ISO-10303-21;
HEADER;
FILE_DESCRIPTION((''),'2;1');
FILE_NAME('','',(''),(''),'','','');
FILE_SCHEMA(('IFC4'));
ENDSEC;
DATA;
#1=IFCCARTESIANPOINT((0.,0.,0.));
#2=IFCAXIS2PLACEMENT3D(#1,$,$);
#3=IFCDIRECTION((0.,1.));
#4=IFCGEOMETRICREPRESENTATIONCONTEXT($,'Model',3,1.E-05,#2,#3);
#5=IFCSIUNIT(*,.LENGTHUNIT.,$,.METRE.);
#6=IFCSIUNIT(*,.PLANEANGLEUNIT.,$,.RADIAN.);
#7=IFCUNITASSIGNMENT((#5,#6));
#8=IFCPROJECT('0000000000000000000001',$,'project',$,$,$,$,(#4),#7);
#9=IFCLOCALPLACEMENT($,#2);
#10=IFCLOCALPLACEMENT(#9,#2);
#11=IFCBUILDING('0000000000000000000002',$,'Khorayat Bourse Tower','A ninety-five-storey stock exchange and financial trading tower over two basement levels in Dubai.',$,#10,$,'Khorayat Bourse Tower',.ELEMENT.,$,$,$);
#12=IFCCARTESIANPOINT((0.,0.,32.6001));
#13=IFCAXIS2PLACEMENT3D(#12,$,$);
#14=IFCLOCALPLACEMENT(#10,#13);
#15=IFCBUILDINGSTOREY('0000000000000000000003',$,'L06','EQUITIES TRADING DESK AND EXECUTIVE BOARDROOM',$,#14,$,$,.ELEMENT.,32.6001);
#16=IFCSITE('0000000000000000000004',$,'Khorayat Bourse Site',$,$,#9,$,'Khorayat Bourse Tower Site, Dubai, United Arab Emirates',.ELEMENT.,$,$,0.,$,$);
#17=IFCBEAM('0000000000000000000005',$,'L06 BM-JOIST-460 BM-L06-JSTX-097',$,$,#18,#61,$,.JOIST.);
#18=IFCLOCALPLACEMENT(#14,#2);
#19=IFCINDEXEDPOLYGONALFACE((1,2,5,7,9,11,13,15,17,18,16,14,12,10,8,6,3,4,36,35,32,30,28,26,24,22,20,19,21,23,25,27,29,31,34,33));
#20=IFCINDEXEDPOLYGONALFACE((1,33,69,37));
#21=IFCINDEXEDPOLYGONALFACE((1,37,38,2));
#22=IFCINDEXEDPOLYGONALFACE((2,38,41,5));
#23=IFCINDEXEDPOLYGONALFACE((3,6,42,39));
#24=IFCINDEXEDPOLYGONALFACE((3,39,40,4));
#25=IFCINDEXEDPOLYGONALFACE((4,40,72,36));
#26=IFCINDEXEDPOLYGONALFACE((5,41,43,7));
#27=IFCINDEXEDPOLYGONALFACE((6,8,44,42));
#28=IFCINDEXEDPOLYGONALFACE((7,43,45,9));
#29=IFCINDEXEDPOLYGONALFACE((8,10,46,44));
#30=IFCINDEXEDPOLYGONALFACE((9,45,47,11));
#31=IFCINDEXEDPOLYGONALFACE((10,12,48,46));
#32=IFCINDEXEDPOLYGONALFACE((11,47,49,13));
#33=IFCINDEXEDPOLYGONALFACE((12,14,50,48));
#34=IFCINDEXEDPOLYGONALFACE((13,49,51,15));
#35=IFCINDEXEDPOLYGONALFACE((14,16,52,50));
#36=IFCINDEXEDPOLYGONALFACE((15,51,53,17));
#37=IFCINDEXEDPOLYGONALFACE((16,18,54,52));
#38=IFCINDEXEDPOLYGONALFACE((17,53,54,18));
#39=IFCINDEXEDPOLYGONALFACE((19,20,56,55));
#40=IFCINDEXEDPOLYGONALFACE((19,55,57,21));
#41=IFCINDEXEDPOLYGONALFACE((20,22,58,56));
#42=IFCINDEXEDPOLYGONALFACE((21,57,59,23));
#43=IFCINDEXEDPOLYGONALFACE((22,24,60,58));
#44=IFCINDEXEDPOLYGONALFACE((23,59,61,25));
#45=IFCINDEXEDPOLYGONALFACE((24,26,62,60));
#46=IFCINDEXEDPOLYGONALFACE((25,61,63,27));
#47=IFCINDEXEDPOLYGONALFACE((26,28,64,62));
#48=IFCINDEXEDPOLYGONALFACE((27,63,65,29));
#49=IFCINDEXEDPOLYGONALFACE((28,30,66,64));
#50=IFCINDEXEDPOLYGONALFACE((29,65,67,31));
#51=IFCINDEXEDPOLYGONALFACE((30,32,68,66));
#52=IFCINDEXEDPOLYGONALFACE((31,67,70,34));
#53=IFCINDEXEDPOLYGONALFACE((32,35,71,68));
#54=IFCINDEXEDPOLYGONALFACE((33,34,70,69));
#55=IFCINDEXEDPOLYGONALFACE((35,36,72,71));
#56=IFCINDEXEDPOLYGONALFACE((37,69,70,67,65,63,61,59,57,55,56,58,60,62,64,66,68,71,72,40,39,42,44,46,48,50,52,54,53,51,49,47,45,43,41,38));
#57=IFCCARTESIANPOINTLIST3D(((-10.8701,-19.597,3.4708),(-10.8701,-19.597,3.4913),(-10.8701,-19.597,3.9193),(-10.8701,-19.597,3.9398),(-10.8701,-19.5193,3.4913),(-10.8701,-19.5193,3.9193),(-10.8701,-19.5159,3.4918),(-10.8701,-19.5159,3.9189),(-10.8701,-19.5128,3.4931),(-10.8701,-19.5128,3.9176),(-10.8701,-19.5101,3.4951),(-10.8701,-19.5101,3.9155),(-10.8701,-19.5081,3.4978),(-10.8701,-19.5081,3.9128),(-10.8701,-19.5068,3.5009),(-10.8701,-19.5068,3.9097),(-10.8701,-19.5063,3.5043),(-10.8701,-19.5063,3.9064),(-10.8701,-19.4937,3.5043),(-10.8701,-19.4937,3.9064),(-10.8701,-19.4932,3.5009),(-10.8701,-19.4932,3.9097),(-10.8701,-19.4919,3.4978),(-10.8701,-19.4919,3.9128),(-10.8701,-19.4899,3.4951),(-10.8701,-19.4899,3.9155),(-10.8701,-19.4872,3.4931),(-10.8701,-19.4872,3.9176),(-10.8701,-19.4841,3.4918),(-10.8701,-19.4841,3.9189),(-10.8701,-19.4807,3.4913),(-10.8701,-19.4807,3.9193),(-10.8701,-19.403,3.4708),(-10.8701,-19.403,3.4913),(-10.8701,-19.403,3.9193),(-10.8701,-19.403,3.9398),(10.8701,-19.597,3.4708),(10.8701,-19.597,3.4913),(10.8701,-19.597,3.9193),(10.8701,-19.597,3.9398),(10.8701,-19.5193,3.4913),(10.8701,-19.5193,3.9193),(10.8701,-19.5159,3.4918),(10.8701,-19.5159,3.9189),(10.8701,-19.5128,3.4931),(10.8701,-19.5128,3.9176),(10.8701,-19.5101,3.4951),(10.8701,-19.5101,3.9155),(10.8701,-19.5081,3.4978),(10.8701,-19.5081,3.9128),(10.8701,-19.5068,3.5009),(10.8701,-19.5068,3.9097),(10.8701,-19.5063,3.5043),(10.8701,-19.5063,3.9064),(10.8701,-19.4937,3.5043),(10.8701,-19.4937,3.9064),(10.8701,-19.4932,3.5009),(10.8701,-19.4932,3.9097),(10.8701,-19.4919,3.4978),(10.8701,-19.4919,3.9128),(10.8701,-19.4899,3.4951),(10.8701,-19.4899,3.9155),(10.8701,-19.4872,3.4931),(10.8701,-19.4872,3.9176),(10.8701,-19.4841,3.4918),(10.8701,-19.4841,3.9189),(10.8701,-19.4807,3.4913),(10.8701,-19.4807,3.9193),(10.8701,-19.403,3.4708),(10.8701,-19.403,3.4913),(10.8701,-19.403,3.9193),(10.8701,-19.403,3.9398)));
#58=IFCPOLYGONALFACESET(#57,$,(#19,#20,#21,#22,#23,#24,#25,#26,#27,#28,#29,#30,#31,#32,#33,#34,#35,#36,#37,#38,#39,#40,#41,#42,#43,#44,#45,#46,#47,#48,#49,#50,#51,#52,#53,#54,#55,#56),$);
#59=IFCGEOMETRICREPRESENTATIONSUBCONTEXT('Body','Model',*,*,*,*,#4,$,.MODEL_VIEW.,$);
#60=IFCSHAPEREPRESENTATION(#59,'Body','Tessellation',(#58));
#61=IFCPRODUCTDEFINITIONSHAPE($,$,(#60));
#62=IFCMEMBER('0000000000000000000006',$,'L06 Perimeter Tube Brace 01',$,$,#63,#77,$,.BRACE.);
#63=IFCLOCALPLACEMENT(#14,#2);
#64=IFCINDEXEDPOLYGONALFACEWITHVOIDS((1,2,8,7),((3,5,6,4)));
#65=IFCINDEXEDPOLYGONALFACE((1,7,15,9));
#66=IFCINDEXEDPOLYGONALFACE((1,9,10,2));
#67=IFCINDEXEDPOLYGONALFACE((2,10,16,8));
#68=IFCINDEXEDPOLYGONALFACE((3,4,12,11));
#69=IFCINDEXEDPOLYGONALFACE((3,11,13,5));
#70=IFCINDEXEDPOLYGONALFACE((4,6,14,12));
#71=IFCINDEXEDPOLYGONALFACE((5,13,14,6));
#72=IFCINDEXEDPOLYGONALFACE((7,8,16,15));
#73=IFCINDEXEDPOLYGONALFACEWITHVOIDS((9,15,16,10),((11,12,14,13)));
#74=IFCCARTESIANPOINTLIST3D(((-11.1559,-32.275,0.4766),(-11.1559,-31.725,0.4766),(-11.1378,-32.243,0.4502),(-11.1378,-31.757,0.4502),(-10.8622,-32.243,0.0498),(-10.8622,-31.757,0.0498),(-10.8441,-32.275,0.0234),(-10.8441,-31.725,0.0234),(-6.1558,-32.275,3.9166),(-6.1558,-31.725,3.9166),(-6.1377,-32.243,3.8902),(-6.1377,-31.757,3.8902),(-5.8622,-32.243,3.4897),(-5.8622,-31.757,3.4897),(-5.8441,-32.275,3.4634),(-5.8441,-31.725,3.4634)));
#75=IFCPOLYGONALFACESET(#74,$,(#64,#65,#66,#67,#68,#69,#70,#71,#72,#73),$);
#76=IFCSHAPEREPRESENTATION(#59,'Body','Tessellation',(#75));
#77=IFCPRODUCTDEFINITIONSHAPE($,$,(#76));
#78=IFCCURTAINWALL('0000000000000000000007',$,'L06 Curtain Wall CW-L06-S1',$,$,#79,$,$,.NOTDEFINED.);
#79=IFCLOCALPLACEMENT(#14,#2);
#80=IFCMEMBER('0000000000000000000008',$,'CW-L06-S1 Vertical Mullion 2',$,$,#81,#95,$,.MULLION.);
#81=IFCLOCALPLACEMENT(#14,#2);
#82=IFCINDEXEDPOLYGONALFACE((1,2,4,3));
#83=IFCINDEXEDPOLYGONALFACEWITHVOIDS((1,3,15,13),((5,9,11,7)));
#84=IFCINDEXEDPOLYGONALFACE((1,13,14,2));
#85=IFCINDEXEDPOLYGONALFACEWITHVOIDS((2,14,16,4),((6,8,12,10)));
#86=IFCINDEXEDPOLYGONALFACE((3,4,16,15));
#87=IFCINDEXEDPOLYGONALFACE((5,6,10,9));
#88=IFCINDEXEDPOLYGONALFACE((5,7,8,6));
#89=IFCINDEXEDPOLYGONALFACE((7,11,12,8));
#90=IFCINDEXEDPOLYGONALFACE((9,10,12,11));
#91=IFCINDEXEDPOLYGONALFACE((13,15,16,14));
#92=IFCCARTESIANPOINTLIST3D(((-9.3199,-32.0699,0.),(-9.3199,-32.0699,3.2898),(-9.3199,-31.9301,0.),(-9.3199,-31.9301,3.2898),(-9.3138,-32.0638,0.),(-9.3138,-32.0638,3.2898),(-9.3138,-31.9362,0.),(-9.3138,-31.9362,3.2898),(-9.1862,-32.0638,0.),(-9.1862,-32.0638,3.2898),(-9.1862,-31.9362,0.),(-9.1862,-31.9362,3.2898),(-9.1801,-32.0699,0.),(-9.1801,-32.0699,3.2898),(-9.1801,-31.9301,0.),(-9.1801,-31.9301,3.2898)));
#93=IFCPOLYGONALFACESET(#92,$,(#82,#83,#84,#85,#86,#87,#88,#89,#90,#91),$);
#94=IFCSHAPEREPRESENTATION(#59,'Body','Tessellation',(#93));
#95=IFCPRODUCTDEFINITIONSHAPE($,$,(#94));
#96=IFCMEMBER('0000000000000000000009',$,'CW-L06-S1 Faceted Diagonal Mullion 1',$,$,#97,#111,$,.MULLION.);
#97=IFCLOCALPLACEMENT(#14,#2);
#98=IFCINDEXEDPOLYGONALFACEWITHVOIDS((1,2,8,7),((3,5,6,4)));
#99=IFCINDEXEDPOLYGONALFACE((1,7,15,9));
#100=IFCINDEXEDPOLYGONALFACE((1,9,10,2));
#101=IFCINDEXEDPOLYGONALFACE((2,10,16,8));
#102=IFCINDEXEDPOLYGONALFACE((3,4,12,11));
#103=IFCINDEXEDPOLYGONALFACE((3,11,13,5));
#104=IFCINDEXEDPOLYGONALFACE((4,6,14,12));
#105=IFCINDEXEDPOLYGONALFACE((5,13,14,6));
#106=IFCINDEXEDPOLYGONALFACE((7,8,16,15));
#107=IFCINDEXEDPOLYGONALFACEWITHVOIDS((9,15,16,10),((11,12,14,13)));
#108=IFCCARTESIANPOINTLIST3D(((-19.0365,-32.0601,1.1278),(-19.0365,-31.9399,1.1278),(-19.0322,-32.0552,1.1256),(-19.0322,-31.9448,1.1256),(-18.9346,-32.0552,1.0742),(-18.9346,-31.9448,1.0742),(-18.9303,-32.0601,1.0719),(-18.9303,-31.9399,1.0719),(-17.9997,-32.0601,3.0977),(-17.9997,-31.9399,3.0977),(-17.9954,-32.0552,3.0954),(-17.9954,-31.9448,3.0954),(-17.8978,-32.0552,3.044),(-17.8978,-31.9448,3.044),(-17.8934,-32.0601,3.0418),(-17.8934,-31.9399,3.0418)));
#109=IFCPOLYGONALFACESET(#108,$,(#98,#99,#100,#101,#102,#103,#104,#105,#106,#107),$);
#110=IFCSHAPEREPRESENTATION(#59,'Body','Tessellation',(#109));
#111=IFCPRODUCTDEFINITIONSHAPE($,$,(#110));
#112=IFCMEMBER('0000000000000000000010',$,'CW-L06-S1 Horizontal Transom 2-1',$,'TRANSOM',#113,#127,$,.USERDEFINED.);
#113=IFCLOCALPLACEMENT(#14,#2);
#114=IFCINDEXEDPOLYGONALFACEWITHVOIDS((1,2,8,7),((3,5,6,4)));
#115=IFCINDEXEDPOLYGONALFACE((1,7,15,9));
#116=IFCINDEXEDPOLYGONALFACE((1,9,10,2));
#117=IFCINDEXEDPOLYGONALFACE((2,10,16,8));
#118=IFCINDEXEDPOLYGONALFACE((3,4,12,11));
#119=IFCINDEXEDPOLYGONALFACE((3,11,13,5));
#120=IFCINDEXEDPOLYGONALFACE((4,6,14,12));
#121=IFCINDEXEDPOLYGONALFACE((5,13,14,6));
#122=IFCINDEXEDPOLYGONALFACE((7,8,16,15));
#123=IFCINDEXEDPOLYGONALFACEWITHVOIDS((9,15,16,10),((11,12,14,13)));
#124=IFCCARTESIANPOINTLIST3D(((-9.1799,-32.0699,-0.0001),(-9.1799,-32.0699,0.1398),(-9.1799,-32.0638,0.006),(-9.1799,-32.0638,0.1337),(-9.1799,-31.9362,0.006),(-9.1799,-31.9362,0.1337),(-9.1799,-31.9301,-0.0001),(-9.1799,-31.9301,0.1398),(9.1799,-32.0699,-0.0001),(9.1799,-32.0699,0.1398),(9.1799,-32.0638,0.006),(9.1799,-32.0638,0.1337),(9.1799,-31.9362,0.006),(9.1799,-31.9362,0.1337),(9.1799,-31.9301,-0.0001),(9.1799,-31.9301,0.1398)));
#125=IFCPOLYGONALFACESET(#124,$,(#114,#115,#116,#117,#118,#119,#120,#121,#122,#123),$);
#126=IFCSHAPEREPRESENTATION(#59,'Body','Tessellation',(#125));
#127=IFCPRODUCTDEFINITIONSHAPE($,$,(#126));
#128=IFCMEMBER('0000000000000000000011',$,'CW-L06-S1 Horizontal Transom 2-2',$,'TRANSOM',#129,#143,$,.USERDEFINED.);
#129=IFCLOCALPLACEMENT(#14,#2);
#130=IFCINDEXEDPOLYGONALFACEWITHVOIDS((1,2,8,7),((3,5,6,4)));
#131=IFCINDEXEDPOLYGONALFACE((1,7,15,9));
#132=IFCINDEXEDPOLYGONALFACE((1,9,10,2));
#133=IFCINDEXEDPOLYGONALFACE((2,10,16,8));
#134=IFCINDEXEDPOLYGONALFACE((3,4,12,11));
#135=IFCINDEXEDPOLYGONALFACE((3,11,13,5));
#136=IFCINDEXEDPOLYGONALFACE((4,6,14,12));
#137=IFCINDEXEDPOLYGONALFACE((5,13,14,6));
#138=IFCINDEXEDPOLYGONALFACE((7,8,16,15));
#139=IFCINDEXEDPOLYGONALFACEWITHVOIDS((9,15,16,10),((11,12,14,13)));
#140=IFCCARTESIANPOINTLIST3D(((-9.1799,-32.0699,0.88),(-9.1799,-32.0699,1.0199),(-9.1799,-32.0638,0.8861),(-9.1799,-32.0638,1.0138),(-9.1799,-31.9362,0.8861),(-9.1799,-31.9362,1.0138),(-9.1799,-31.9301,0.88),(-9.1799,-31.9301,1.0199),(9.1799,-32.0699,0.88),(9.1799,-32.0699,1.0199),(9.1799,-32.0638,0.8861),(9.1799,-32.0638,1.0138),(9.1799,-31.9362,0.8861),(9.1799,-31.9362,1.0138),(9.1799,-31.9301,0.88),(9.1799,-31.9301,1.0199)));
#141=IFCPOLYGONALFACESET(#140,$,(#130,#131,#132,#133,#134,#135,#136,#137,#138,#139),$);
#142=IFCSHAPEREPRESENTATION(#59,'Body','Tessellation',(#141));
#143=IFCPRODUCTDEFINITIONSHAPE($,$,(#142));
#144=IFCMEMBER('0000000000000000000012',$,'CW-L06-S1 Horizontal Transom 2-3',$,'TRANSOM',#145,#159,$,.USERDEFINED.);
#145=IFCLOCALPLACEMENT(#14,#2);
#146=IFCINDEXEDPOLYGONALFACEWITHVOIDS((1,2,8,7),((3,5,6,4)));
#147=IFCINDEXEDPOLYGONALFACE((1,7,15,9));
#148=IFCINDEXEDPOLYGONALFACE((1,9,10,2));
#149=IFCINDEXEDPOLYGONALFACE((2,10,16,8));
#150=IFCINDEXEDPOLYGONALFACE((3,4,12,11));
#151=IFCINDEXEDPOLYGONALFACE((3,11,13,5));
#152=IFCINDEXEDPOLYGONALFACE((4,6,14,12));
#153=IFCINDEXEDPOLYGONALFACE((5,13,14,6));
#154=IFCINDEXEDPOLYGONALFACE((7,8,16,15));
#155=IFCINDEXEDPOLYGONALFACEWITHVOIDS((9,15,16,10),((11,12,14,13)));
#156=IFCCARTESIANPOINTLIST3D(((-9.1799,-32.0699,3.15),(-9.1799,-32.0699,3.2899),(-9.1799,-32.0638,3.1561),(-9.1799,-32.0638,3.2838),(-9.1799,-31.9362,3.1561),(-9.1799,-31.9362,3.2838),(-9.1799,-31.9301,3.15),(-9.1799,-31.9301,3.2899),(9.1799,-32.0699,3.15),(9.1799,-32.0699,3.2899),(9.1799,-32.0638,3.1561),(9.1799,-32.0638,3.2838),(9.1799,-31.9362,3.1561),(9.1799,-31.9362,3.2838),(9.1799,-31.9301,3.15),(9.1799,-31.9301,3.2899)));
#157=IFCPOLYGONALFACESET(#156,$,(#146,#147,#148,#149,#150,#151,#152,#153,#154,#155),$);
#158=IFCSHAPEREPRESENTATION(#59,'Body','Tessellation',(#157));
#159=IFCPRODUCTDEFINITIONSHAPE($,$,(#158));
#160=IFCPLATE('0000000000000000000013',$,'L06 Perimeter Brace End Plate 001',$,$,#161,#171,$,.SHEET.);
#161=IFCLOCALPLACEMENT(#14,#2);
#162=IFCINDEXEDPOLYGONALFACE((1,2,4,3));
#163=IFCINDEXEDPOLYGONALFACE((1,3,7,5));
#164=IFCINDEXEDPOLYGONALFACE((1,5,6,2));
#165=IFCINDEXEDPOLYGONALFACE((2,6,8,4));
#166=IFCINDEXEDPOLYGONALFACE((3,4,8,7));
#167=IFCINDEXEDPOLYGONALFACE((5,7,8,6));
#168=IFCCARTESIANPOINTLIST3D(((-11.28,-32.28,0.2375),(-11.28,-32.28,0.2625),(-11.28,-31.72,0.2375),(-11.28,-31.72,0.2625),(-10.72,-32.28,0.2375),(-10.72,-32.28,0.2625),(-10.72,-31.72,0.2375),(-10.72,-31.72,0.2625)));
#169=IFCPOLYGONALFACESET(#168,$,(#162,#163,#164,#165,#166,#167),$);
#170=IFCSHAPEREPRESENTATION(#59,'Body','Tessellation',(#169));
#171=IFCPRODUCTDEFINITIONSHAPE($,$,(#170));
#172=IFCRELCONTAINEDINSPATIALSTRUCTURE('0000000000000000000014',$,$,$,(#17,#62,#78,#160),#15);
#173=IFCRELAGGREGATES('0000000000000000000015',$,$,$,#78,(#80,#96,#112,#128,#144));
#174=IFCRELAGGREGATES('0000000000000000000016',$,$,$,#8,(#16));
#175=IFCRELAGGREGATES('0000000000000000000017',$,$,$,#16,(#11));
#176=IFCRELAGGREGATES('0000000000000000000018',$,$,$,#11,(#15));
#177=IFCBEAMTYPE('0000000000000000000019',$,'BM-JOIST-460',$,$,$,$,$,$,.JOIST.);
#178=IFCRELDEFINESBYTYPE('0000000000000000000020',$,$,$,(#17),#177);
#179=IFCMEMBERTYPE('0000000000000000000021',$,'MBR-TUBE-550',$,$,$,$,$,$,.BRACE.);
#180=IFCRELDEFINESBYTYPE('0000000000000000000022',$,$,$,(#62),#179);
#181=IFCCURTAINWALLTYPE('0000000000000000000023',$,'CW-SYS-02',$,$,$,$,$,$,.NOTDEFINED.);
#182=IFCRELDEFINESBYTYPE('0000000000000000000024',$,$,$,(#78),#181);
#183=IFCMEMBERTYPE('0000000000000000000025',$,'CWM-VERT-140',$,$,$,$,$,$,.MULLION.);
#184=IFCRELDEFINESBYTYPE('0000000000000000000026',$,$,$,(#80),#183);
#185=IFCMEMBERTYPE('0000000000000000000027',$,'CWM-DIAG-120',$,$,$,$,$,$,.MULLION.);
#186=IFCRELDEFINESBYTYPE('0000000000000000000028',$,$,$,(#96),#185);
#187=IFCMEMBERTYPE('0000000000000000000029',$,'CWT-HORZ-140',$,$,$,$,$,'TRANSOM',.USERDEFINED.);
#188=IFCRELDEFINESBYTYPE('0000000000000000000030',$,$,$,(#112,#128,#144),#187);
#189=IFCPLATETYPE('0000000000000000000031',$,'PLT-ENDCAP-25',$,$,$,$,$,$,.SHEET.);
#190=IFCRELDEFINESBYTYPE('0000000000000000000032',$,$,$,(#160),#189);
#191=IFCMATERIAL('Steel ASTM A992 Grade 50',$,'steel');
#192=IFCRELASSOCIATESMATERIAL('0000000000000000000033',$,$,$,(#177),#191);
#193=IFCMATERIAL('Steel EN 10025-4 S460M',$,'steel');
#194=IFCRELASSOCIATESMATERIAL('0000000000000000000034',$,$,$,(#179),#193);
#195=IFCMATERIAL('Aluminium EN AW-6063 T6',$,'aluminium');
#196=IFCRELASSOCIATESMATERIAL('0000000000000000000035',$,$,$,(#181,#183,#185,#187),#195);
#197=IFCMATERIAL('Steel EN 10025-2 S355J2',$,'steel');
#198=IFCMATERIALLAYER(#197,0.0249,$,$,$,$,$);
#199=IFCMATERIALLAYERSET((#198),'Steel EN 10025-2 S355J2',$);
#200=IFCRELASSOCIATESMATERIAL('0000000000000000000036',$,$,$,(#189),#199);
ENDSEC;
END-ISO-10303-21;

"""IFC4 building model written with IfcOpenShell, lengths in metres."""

from ifc_helpers import new_model, si_unit, direction, frame, origin, origin_2d, place, context, subcontext, project, spatial, rectangle, hollow_rectangle, i_section, extrude, source, transform, mapped, material, layer, layer_set, material_profile, profile_set, type_object, element, aggregate, save


model = new_model("IFC4")

# Units and contexts
model_context = context("Model", 3, precision=1e-05, world=origin(), true_north=direction((0.0, 1.0)))
body_context = subcontext(model_context, "Body", "Model", "MODEL_VIEW")
ifc_project = project(units=[si_unit("LENGTHUNIT", "METRE"), si_unit("PLANEANGLEUNIT", "RADIAN")], contexts=[model_context])

# Site, building, storey
site_placement = place(None, origin())
site = spatial("IfcSite", under=ifc_project, at=site_placement, Name="Khorayat Bourse Site", LongName="Khorayat Bourse Tower Site, Dubai, United Arab Emirates", CompositionType="ELEMENT", RefElevation=0.0)
building_placement = place(site_placement, origin())
building = spatial("IfcBuilding", under=site, at=building_placement, Name="Khorayat Bourse Tower", Description="A ninety-five-storey stock exchange and financial trading tower over two basement levels in Dubai.", LongName="Khorayat Bourse Tower", CompositionType="ELEMENT")
storey_placement = place(building_placement, frame((0.0, 0.0, 32.6001)))
storey = spatial("IfcBuildingStorey", under=building, at=storey_placement, Name="L06", Description="EQUITIES TRADING DESK AND EXECUTIVE BOARDROOM", CompositionType="ELEMENT", Elevation=32.6001)

# Shared definitions
ifc_material_1 = material(Name="Steel EN 10025-4 S460M", Category="steel")

# Beam
ifc_material_2 = material(Name="Steel ASTM A992 Grade 50", Category="steel")
ifc_material_profile_1 = material_profile(ifc_material_2, i_section(OverallWidth=0.1941, OverallDepth=0.469, WebThickness=0.0127, FlangeThickness=0.0205, FilletRadius=0.0129, at=origin_2d()), Name="W460X106")
ifc_profile_set_1 = profile_set([ifc_material_profile_1], Name="Steel ASTM A992 Grade 50")
beam_type_1 = type_object("IfcBeamType", Name="BM-JOIST-460", PredefinedType="JOIST", material=ifc_profile_set_1)
shared_shape_1 = source(origin(), body_context, "Body", "SweptSolid", [
    extrude(i_section(OverallWidth=0.1941, OverallDepth=0.469, WebThickness=0.0127, FlangeThickness=0.0205, FilletRadius=0.0129, at=origin_2d()), origin(), (0.0, 0.0, 1.0), 21.7402),
])
beam_1_placement = place(storey_placement, frame((-10.8701, -19.5, 3.7053), z_axis=(1.0, 0.0, 0.0), x_axis=(0.0, 1.0, 0.0)))
element("IfcBeam", 1, at=beam_1_placement, inside=storey, type_object=beam_type_1, Name="L06 BM-JOIST-460 BM-L06-JSTX-097", PredefinedType="JOIST", context=body_context, shape_type="MappedRepresentation", body=[
    mapped(shared_shape_1, transform((0.0, 0.0, 0.0), scale=1.0)),
])

# Member
ifc_material_profile_2 = material_profile(ifc_material_1, hollow_rectangle(XDim=0.55, YDim=0.55, WallThickness=0.032, at=origin_2d()), Name="HSS 550x550x32")
ifc_profile_set_2 = profile_set([ifc_material_profile_2], Name="Steel EN 10025-4 S460M")
member_type_1 = type_object("IfcMemberType", Name="MBR-TUBE-550", PredefinedType="BRACE", material=ifc_profile_set_2)
shared_shape_2 = source(origin(), body_context, "Body", "SweptSolid", [
    extrude(hollow_rectangle(XDim=0.55, YDim=0.55, WallThickness=0.032, at=origin_2d()), origin(), (0.0, 0.0, 1.0), 6.0691),
])
member_1_placement = place(storey_placement, frame((-11.0, -32.0, 0.25), z_axis=(0.823854, 0.0, 0.566802), x_axis=(0.0, 1.0, 0.0)))
element("IfcMember", 2, at=member_1_placement, inside=storey, type_object=member_type_1, Name="L06 Perimeter Tube Brace 01", PredefinedType="BRACE", context=body_context, shape_type="MappedRepresentation", body=[
    mapped(shared_shape_2, transform((0.0, 0.0, 0.0), scale=1.0)),
])

# Curtain wall, members
ifc_material_3 = material(Name="Aluminium EN AW-6063 T6", Category="aluminium")
curtain_wall_type = type_object("IfcCurtainWallType", Name="CW-SYS-02", PredefinedType="NOTDEFINED", material=ifc_material_3)
curtain_wall_placement = place(storey_placement, origin())
curtain_wall = element("IfcCurtainWall", 3, at=curtain_wall_placement, inside=storey, type_object=curtain_wall_type, Name="L06 Curtain Wall CW-L06-S1", PredefinedType="NOTDEFINED")
ifc_material_profile_3 = material_profile(ifc_material_3, hollow_rectangle(XDim=0.1399, YDim=0.1399, WallThickness=0.0061, at=origin_2d()), Name="ALU 140x140x6")
ifc_profile_set_3 = profile_set([ifc_material_profile_3], Name="Aluminium EN AW-6063 T6")
member_type_2 = type_object("IfcMemberType", Name="CWM-VERT-140", PredefinedType="MULLION", material=ifc_profile_set_3)
shared_shape_3 = source(origin(), body_context, "Body", "SweptSolid", [
    extrude(hollow_rectangle(XDim=0.1399, YDim=0.1399, WallThickness=0.0061, at=origin_2d()), origin(), (0.0, 0.0, 1.0), 3.2898),
])
member_2_placement = place(storey_placement, frame((-9.25, -32.0, 0.0), z_axis=(0.0, 0.0, 1.0), x_axis=(0.0, 1.0, 0.0)))
member_2 = element("IfcMember", 4, at=member_2_placement, type_object=member_type_2, Name="CW-L06-S1 Vertical Mullion 2", PredefinedType="MULLION", context=body_context, shape_type="MappedRepresentation", body=[
    mapped(shared_shape_3, transform((0.0, 0.0, 0.0), scale=1.0)),
])
ifc_material_profile_4 = material_profile(ifc_material_3, hollow_rectangle(XDim=0.1201, YDim=0.1201, WallThickness=0.0049, at=origin_2d()), Name="ALU 120x120x5")
ifc_profile_set_4 = profile_set([ifc_material_profile_4], Name="Aluminium EN AW-6063 T6")
member_type_3 = type_object("IfcMemberType", Name="CWM-DIAG-120", PredefinedType="MULLION", material=ifc_profile_set_4)
shared_shape_4 = source(origin(), body_context, "Body", "SweptSolid", [
    extrude(hollow_rectangle(XDim=0.1201, YDim=0.1201, WallThickness=0.0049, at=origin_2d()), origin(), (0.0, 0.0, 1.0), 2.2261),
])
member_3_placement = place(storey_placement, frame((-18.9834, -32.0, 1.0999), z_axis=(0.46576, 0.0, 0.884911), x_axis=(0.0, 1.0, 0.0)))
member_3 = element("IfcMember", 5, at=member_3_placement, type_object=member_type_3, Name="CW-L06-S1 Faceted Diagonal Mullion 1", PredefinedType="MULLION", context=body_context, shape_type="MappedRepresentation", body=[
    mapped(shared_shape_4, transform((0.0, 0.0, 0.0), scale=1.0)),
])
ifc_material_profile_5 = material_profile(ifc_material_3, hollow_rectangle(XDim=0.1399, YDim=0.1399, WallThickness=0.0061, at=origin_2d()), Name="ALU 140x140x6")
ifc_profile_set_5 = profile_set([ifc_material_profile_5], Name="Aluminium EN AW-6063 T6")
member_type_4 = type_object("IfcMemberType", Name="CWT-HORZ-140", ElementType="TRANSOM", PredefinedType="USERDEFINED", material=ifc_profile_set_5)
shared_shape_5 = source(origin(), body_context, "Body", "SweptSolid", [
    extrude(hollow_rectangle(XDim=0.1399, YDim=0.1399, WallThickness=0.0061, at=origin_2d()), origin(), (0.0, 0.0, 1.0), 18.3599),
])
member_4_placement = place(storey_placement, frame((-9.1799, -32.0, 0.0698), z_axis=(1.0, 0.0, 0.0), x_axis=(0.0, 1.0, 0.0)))
member_4 = element("IfcMember", 6, at=member_4_placement, type_object=member_type_4, Name="CW-L06-S1 Horizontal Transom 2-1", ObjectType="TRANSOM", PredefinedType="USERDEFINED", context=body_context, shape_type="MappedRepresentation", body=[
    mapped(shared_shape_5, transform((0.0, 0.0, 0.0), scale=1.0)),
])
member_5_placement = place(storey_placement, frame((-9.1799, -32.0, 0.95), z_axis=(1.0, 0.0, 0.0), x_axis=(0.0, 1.0, 0.0)))
member_5 = element("IfcMember", 7, at=member_5_placement, type_object=member_type_4, Name="CW-L06-S1 Horizontal Transom 2-2", ObjectType="TRANSOM", PredefinedType="USERDEFINED", context=body_context, shape_type="MappedRepresentation", body=[
    mapped(shared_shape_5, transform((0.0, 0.0, 0.0), scale=1.0)),
])
member_6_placement = place(storey_placement, frame((-9.1799, -32.0, 3.22), z_axis=(1.0, 0.0, 0.0), x_axis=(0.0, 1.0, 0.0)))
member_6 = element("IfcMember", 8, at=member_6_placement, type_object=member_type_4, Name="CW-L06-S1 Horizontal Transom 2-3", ObjectType="TRANSOM", PredefinedType="USERDEFINED", context=body_context, shape_type="MappedRepresentation", body=[
    mapped(shared_shape_5, transform((0.0, 0.0, 0.0), scale=1.0)),
])

# Plate
ifc_material_4 = material(Name="Steel EN 10025-2 S355J2", Category="steel")
ifc_layer_1 = layer(ifc_material_4, 0.0249)
ifc_layer_set_1 = layer_set([ifc_layer_1], Name="Steel EN 10025-2 S355J2")
plate_type_1 = type_object("IfcPlateType", Name="PLT-ENDCAP-25", PredefinedType="SHEET", material=ifc_layer_set_1)
shared_shape_6 = source(origin(), body_context, "Body", "SweptSolid", [
    extrude(rectangle(XDim=0.5601, YDim=0.5601, at=origin_2d()), origin(), (0.0, 0.0, 1.0), 0.0249),
])
for number, where, z_axis, x_axis, name in (
    (9, (-11.0, -32.0, 0.2375), (0.0, 0.0, 1.0), (1.0, 0.0, 0.0), "L06 Perimeter Brace End Plate 001"),
):
    element("IfcPlate", number, at=place(storey_placement, frame(where, z_axis=z_axis, x_axis=x_axis)), inside=storey, type_object=plate_type_1, Name=name, PredefinedType="SHEET", context=body_context, shape_type="MappedRepresentation", body=[
        mapped(shared_shape_6, transform((0.0, 0.0, 0.0), scale=1.0)),
    ])

aggregate(curtain_wall, [member_2, member_3, member_4, member_5, member_6])

save(model, "model.ifc")
